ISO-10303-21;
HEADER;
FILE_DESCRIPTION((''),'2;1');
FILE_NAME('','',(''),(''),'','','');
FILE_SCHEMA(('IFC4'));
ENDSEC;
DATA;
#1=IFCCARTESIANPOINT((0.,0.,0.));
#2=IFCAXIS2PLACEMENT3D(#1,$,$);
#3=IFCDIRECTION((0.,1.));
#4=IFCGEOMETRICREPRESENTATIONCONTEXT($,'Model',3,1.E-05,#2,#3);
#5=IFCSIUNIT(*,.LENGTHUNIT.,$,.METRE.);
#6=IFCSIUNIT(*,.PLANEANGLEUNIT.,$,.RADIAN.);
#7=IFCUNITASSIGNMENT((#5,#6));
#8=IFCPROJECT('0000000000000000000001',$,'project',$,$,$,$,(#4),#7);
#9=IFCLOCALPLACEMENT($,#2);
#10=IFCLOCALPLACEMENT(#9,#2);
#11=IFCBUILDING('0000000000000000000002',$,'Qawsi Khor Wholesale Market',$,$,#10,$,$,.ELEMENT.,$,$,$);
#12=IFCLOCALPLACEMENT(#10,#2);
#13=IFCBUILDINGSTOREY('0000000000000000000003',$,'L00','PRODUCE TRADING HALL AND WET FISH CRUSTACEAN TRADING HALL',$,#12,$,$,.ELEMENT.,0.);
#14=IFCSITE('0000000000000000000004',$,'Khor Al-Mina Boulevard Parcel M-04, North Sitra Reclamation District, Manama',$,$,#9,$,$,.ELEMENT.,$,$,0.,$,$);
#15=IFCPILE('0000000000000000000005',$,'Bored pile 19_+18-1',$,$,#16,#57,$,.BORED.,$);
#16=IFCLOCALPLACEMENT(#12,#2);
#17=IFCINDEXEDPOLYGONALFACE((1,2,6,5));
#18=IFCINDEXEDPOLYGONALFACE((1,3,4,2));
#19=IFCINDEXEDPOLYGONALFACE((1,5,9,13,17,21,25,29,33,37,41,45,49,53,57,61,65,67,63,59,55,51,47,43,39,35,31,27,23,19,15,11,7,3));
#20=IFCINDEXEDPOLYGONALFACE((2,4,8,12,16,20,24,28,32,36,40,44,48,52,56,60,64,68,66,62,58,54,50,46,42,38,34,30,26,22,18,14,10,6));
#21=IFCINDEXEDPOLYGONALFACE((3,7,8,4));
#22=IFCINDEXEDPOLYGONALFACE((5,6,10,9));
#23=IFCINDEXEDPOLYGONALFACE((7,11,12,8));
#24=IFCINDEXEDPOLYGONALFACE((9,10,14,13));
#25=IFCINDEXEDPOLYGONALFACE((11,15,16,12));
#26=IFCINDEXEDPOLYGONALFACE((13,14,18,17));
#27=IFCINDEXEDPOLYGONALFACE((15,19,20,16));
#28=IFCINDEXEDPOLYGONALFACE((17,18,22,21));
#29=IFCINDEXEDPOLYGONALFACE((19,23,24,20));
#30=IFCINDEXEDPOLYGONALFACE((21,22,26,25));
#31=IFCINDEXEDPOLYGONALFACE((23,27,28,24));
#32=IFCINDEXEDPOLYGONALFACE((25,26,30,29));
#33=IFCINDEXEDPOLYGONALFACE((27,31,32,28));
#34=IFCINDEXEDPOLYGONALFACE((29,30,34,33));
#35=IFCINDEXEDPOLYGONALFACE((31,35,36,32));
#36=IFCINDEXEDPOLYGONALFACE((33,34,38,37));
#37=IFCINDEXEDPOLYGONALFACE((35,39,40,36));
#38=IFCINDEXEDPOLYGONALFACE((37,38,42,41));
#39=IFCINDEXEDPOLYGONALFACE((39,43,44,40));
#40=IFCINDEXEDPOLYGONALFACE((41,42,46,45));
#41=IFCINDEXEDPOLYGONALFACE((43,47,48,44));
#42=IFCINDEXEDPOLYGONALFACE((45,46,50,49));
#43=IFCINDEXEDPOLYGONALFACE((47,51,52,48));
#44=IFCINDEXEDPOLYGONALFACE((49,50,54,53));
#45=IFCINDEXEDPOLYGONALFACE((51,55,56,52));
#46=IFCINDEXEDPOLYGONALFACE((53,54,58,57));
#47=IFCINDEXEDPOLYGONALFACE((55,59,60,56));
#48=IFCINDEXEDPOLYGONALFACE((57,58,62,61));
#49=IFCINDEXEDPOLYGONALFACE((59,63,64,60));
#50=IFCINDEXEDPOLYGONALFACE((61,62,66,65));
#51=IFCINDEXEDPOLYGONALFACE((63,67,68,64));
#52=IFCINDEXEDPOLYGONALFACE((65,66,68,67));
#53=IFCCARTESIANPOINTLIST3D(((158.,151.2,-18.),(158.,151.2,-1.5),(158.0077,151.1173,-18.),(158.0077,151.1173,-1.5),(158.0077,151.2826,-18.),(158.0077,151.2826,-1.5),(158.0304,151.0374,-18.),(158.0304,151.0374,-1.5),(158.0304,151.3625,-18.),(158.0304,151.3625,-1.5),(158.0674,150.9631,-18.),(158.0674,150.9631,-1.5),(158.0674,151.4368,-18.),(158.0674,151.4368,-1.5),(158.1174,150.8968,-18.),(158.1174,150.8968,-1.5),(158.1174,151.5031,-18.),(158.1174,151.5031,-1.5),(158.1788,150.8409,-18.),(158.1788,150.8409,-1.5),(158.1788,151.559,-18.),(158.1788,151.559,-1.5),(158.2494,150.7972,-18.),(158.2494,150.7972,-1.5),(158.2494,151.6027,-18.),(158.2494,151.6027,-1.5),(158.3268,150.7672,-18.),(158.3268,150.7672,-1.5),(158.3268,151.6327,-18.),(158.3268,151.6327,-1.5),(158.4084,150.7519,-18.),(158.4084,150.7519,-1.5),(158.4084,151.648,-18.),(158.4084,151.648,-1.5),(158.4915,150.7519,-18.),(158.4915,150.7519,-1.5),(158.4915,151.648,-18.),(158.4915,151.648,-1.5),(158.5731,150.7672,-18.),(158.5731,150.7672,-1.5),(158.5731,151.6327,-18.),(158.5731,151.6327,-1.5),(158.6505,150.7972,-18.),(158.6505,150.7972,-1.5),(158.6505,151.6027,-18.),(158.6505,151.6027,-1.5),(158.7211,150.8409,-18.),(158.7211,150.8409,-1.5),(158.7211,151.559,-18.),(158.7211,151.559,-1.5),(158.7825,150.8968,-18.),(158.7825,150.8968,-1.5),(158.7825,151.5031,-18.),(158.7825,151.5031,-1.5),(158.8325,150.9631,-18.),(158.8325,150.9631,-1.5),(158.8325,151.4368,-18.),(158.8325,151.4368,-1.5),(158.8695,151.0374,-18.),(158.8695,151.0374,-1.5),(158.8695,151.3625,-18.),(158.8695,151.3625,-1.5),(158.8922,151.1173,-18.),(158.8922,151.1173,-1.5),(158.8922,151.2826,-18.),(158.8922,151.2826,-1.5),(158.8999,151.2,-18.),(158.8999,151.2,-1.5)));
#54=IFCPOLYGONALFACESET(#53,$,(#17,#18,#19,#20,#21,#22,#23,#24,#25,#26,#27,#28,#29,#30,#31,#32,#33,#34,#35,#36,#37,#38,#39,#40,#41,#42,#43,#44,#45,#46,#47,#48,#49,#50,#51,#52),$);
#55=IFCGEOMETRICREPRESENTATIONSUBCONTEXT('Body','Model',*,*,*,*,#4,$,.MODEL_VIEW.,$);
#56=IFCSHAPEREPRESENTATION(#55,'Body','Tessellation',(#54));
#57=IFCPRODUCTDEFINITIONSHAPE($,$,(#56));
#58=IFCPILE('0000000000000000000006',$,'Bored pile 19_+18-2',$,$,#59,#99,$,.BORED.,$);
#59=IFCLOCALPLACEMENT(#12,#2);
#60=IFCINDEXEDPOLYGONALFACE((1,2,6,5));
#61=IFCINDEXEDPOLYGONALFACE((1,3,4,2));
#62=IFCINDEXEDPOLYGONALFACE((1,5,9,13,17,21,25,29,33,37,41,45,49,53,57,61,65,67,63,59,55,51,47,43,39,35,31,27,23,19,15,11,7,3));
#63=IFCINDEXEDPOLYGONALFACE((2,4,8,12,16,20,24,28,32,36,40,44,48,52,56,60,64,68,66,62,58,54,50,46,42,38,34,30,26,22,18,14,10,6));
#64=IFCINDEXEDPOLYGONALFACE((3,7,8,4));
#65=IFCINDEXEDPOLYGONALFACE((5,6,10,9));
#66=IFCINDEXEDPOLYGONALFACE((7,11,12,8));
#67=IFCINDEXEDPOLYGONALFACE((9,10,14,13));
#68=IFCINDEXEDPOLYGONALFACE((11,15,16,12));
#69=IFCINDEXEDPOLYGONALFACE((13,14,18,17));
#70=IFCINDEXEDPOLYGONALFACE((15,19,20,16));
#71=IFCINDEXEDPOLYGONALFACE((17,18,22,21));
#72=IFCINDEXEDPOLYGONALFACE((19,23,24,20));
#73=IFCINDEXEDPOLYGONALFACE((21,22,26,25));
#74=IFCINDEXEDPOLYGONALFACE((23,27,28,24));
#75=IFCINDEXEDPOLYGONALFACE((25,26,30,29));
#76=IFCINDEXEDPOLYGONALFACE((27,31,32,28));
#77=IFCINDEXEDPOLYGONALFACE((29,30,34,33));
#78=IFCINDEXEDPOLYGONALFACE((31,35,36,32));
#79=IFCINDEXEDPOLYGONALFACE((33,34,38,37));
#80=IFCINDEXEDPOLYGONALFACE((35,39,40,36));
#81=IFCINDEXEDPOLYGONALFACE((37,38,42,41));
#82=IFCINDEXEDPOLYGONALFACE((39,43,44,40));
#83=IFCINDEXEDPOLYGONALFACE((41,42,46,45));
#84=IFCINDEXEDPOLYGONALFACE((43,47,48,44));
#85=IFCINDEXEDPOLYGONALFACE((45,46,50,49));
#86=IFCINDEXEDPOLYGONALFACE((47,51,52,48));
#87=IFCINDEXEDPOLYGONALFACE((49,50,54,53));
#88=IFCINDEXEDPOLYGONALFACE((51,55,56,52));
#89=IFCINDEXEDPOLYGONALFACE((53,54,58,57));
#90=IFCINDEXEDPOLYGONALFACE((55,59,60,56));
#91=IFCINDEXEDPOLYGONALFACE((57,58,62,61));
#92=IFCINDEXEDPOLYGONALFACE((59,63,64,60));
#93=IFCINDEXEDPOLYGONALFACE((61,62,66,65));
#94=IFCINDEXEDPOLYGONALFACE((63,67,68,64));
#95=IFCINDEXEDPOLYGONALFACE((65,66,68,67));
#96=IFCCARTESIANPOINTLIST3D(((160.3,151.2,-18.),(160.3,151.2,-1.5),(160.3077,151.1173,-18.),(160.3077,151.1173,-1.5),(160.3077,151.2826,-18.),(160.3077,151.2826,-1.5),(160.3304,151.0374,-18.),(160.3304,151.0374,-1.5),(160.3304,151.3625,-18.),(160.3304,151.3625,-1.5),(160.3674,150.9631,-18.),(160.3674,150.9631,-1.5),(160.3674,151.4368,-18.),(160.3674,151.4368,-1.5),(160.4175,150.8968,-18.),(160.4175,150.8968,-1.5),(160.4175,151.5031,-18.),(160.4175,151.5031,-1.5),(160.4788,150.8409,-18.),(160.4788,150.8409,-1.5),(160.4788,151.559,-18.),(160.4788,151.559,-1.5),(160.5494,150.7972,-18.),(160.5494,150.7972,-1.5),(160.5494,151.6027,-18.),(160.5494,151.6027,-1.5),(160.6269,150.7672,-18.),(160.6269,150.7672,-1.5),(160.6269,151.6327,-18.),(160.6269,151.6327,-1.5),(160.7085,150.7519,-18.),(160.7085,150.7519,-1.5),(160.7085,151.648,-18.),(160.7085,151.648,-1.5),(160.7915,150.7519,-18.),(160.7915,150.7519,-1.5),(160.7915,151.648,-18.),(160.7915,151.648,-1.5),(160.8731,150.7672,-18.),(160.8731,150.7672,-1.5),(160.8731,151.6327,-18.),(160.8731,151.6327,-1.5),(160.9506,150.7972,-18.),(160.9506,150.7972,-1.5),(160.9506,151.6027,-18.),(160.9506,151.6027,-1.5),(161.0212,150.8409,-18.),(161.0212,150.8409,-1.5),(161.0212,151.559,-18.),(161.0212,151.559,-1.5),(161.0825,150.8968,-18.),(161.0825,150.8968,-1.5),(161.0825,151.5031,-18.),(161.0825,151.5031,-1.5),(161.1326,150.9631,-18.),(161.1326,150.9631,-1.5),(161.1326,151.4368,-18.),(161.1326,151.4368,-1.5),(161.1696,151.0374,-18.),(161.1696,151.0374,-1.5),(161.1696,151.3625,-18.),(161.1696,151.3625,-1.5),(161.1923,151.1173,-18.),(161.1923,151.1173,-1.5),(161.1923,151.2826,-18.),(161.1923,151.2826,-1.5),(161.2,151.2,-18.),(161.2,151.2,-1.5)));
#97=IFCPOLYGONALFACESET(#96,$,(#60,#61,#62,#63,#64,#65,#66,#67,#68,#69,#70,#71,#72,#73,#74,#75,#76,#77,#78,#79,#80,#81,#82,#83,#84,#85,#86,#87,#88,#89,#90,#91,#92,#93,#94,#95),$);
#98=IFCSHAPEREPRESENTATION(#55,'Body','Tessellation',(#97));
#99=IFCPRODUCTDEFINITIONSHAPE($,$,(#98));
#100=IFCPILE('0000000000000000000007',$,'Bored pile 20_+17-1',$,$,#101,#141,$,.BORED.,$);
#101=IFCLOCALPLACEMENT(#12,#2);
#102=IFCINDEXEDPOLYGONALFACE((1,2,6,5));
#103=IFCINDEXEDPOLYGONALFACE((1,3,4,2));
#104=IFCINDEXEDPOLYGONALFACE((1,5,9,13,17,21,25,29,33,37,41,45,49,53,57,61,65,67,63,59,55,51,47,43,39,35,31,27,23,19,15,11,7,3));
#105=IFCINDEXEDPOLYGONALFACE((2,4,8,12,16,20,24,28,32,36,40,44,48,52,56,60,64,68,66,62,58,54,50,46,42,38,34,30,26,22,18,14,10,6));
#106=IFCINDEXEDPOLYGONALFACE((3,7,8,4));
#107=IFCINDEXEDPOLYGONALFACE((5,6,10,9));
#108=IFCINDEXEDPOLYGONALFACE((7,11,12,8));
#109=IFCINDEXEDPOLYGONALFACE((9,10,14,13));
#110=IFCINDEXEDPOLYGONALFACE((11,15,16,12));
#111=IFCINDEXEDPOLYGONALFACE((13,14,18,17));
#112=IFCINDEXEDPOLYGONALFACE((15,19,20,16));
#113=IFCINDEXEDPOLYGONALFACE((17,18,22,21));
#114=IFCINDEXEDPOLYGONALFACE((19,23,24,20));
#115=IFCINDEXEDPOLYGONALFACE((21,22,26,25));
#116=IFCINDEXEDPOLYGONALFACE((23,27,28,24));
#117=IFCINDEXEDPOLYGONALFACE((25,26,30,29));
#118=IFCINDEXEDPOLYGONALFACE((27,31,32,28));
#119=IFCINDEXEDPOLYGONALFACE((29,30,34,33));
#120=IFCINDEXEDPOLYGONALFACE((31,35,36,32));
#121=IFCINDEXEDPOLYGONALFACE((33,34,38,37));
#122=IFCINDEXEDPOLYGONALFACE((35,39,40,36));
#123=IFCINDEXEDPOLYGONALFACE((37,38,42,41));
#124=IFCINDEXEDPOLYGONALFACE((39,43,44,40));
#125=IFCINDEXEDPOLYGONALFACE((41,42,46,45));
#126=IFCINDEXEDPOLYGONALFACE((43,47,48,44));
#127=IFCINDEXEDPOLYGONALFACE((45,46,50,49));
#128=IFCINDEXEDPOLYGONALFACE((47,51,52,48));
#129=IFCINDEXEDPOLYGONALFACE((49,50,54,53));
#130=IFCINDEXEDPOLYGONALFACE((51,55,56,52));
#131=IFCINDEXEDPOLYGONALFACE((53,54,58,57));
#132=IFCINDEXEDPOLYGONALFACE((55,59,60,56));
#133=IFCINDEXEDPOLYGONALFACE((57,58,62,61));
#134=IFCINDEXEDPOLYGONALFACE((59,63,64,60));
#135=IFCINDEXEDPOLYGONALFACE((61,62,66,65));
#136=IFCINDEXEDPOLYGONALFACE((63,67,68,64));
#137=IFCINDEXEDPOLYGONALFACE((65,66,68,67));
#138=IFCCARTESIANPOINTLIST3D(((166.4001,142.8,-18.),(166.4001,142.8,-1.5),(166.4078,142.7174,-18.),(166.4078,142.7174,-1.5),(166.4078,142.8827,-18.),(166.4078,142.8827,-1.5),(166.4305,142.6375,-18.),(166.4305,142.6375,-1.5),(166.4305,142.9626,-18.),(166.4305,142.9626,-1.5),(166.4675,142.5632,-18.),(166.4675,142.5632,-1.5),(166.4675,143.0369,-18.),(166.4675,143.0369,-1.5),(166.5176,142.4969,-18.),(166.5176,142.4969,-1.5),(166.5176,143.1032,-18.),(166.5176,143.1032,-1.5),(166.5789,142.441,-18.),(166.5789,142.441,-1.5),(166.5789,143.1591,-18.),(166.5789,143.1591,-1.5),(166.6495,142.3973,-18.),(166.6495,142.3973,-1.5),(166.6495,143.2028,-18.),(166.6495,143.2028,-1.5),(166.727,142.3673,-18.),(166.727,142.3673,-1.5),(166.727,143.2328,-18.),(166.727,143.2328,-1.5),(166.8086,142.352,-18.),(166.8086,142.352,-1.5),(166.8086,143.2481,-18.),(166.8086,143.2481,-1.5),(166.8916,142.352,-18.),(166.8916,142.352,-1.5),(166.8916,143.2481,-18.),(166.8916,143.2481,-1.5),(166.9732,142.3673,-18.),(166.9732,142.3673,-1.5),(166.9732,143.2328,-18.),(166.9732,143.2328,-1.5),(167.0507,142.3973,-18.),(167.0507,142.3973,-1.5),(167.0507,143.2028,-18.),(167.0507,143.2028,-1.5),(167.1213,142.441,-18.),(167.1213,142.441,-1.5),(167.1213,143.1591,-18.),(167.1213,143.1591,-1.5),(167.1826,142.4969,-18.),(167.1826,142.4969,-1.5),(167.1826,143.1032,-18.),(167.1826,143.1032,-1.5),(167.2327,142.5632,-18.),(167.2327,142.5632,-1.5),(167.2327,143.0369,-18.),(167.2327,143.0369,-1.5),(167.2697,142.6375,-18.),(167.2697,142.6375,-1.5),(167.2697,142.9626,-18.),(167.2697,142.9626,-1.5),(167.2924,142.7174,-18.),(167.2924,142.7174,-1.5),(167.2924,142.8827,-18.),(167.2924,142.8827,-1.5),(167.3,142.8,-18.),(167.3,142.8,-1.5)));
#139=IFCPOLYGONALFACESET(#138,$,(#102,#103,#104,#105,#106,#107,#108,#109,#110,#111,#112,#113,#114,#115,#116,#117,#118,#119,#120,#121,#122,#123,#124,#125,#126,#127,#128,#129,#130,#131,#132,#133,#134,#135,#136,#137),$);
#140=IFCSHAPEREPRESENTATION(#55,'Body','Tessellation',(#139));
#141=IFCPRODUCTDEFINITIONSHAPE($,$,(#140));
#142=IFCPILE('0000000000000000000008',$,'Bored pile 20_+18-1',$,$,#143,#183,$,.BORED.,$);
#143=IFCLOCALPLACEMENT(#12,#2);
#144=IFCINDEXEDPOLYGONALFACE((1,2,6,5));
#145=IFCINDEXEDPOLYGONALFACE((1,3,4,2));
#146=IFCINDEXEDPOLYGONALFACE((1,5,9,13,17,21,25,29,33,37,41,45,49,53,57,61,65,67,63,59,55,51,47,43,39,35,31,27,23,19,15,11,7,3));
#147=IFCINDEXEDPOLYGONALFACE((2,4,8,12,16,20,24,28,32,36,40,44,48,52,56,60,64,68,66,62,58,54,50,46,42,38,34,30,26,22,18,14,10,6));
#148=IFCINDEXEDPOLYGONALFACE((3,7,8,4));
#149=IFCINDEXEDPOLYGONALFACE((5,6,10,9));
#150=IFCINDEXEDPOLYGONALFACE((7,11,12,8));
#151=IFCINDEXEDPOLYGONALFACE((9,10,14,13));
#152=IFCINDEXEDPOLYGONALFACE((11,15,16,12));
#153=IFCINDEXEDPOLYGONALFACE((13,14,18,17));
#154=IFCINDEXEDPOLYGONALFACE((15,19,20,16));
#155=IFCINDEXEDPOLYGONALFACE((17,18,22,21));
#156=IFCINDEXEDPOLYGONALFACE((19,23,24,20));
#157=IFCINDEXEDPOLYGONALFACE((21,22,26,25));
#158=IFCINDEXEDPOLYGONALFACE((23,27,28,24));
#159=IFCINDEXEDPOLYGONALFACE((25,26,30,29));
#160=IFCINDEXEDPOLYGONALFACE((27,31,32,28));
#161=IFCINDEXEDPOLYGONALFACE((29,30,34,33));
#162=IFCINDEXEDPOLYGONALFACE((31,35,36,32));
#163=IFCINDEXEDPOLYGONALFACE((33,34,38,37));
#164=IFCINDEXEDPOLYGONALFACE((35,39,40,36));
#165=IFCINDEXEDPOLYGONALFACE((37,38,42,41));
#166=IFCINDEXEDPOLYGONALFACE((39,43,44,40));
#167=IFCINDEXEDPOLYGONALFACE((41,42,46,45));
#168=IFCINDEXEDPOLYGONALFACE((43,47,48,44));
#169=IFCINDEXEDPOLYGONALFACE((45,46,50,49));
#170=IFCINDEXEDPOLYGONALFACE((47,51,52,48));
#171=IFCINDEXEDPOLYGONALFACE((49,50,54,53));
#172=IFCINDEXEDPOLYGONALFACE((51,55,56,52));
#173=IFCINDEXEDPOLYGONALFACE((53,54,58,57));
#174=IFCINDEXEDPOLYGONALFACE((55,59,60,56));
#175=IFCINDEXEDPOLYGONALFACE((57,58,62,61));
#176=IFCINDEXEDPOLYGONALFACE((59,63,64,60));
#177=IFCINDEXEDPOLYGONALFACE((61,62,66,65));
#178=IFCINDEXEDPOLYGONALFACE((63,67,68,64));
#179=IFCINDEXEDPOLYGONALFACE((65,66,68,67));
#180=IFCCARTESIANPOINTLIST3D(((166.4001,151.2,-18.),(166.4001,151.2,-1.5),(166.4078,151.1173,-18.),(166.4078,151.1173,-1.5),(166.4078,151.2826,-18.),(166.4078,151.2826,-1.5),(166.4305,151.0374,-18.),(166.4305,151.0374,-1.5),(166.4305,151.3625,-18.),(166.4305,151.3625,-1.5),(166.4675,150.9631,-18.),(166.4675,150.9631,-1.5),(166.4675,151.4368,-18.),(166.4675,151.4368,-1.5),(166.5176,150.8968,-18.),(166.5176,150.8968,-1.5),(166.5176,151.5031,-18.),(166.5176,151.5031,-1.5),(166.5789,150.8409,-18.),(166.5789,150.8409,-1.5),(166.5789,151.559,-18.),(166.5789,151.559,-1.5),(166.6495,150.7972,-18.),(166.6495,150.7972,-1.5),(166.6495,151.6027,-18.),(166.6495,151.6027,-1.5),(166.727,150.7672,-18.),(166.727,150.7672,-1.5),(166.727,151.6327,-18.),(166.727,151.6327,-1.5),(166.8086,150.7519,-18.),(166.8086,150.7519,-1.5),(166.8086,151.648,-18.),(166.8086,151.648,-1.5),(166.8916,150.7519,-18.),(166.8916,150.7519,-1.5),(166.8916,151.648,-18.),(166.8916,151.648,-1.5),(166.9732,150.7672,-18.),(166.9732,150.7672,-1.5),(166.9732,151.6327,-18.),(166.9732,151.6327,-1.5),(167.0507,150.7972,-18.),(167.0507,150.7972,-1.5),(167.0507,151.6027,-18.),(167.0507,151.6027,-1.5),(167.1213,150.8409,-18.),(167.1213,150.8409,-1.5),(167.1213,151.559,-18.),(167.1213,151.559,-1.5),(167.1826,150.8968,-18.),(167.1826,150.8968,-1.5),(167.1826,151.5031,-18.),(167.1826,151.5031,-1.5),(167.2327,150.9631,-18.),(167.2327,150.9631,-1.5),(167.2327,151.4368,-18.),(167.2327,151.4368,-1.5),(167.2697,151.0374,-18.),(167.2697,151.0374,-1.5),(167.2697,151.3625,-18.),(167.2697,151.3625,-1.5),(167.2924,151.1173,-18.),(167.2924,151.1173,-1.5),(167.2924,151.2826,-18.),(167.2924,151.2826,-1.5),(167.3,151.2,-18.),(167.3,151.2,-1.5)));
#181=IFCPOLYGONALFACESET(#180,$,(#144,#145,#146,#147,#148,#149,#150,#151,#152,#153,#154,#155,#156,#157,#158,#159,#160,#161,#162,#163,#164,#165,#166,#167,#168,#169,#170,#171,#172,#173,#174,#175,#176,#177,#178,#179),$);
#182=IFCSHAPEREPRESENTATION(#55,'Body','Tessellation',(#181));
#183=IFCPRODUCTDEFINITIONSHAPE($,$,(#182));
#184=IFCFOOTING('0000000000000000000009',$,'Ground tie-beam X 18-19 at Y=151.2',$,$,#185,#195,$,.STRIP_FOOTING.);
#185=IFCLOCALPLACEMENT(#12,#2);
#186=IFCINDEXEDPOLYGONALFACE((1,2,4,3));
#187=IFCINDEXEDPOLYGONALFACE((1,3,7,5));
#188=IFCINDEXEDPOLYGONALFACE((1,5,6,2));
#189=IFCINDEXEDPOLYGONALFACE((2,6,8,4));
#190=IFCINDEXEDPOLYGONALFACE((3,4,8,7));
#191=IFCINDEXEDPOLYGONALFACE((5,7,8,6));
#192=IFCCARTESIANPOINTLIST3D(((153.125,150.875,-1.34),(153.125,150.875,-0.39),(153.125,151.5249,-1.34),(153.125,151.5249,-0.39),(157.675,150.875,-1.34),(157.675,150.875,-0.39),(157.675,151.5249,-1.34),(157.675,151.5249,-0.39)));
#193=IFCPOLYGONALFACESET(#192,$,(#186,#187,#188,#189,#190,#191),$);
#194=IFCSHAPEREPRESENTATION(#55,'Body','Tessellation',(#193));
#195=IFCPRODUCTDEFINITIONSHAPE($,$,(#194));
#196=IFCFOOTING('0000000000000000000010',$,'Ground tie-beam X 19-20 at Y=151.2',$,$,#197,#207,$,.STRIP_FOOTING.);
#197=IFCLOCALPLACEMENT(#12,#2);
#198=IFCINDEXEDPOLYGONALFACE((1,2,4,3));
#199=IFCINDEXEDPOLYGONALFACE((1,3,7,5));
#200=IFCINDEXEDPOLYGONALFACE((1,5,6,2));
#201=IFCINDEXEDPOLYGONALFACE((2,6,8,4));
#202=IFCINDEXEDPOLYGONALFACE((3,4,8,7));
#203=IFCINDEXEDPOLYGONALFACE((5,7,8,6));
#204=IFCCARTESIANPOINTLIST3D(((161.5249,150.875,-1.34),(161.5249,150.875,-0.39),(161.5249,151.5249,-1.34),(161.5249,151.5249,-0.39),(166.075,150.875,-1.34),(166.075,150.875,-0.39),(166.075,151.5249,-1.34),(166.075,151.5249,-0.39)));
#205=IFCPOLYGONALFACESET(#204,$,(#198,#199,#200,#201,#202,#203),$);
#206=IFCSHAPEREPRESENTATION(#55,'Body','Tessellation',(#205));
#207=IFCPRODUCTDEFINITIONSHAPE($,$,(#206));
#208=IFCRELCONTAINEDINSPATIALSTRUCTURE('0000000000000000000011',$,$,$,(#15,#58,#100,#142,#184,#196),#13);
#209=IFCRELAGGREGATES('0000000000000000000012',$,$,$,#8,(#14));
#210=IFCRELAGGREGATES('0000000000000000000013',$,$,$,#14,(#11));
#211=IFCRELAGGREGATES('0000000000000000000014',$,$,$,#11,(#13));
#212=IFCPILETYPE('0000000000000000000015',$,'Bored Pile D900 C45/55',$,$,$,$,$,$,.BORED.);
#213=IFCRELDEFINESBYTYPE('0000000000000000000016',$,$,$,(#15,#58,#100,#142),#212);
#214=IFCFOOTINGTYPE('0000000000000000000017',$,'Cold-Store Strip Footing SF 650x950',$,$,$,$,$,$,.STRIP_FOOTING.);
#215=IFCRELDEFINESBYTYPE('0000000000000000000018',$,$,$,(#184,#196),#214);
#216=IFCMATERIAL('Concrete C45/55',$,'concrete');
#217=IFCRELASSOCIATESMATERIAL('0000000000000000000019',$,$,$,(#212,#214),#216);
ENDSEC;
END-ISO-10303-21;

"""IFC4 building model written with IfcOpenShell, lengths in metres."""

from ifc_helpers import new_model, si_unit, direction, frame, origin, origin_2d, place, context, subcontext, project, spatial, rectangle, circle, extrude, material, material_profile, profile_set, type_object, element, save


model = new_model("IFC4")

# Units and contexts
model_context = context("Model", 3, precision=1e-05, world=origin(), true_north=direction((0.0, 1.0)))
body_context = subcontext(model_context, "Body", "Model", "MODEL_VIEW")
ifc_project = project(units=[si_unit("LENGTHUNIT", "METRE"), si_unit("PLANEANGLEUNIT", "RADIAN")], contexts=[model_context])

# Site, building, storey
site_placement = place(None, origin())
site = spatial("IfcSite", under=ifc_project, at=site_placement, Name="Khor Al-Mina Boulevard Parcel M-04, North Sitra Reclamation District, Manama", CompositionType="ELEMENT", RefElevation=0.0)
building_placement = place(site_placement, origin())
building = spatial("IfcBuilding", under=site, at=building_placement, Name="Qawsi Khor Wholesale Market", CompositionType="ELEMENT")
storey_placement = place(building_placement, origin())
storey = spatial("IfcBuildingStorey", under=building, at=storey_placement, Name="L00", Description="PRODUCE TRADING HALL AND WET FISH CRUSTACEAN TRADING HALL", CompositionType="ELEMENT", Elevation=0.0)

# Piles
ifc_material_1 = material(Name="Concrete C45/55", Category="concrete")
ifc_material_profile_1 = material_profile(ifc_material_1, circle(Radius=0.45, at=origin_2d()), Name="PILE D900")
ifc_profile_set_1 = profile_set([ifc_material_profile_1], Name="Concrete C45/55")
pile_type = type_object("IfcPileType", Name="Bored Pile D900 C45/55", PredefinedType="BORED", material=ifc_profile_set_1)
for number, where, z_axis, x_axis, name in (
    (1, (158.45, 151.2, -1.5), (0.0, 0.0, -1.0), (1.0, 0.0, 0.0), "Bored pile 19_+18-1"),
    (2, (160.75, 151.2, -1.5), (0.0, 0.0, -1.0), (1.0, 0.0, 0.0), "Bored pile 19_+18-2"),
    (3, (166.8501, 142.8, -1.5), (0.0, 0.0, -1.0), (1.0, 0.0, 0.0), "Bored pile 20_+17-1"),
    (4, (166.8501, 151.2, -1.5), (0.0, 0.0, -1.0), (1.0, 0.0, 0.0), "Bored pile 20_+18-1"),
):
    element("IfcPile", number, at=place(storey_placement, frame(where, z_axis=z_axis, x_axis=x_axis)), inside=storey, type_object=pile_type, Name=name, PredefinedType="BORED", context=body_context, shape_type="SweptSolid", body=[
        extrude(circle(Radius=0.45, at=origin_2d()), origin(), (0.0, 0.0, 1.0), 16.5),
    ])

# Footings
ifc_material_profile_2 = material_profile(ifc_material_1, rectangle(XDim=0.6499, YDim=0.95, at=origin_2d()), Name="RC 650x950")
ifc_profile_set_2 = profile_set([ifc_material_profile_2], Name="Concrete C45/55")
footing_type_1 = type_object("IfcFootingType", Name="Cold-Store Strip Footing SF 650x950", PredefinedType="STRIP_FOOTING", material=ifc_profile_set_2)
for number, where, z_axis, x_axis, name in (
    (5, (153.125, 151.2, -0.865), (1.0, 0.0, 0.0), (0.0, 1.0, 0.0), "Ground tie-beam X 18-19 at Y=151.2"),
    (6, (161.5249, 151.2, -0.865), (1.0, 0.0, 0.0), (0.0, 1.0, 0.0), "Ground tie-beam X 19-20 at Y=151.2"),
):
    element("IfcFooting", number, at=place(storey_placement, frame(where, z_axis=z_axis, x_axis=x_axis)), inside=storey, type_object=footing_type_1, Name=name, PredefinedType="STRIP_FOOTING", context=body_context, shape_type="SweptSolid", body=[
        extrude(rectangle(XDim=0.6499, YDim=0.95, at=origin_2d()), origin(), (0.0, 0.0, 1.0), 4.55),
    ])

save(model, "model.ifc")
